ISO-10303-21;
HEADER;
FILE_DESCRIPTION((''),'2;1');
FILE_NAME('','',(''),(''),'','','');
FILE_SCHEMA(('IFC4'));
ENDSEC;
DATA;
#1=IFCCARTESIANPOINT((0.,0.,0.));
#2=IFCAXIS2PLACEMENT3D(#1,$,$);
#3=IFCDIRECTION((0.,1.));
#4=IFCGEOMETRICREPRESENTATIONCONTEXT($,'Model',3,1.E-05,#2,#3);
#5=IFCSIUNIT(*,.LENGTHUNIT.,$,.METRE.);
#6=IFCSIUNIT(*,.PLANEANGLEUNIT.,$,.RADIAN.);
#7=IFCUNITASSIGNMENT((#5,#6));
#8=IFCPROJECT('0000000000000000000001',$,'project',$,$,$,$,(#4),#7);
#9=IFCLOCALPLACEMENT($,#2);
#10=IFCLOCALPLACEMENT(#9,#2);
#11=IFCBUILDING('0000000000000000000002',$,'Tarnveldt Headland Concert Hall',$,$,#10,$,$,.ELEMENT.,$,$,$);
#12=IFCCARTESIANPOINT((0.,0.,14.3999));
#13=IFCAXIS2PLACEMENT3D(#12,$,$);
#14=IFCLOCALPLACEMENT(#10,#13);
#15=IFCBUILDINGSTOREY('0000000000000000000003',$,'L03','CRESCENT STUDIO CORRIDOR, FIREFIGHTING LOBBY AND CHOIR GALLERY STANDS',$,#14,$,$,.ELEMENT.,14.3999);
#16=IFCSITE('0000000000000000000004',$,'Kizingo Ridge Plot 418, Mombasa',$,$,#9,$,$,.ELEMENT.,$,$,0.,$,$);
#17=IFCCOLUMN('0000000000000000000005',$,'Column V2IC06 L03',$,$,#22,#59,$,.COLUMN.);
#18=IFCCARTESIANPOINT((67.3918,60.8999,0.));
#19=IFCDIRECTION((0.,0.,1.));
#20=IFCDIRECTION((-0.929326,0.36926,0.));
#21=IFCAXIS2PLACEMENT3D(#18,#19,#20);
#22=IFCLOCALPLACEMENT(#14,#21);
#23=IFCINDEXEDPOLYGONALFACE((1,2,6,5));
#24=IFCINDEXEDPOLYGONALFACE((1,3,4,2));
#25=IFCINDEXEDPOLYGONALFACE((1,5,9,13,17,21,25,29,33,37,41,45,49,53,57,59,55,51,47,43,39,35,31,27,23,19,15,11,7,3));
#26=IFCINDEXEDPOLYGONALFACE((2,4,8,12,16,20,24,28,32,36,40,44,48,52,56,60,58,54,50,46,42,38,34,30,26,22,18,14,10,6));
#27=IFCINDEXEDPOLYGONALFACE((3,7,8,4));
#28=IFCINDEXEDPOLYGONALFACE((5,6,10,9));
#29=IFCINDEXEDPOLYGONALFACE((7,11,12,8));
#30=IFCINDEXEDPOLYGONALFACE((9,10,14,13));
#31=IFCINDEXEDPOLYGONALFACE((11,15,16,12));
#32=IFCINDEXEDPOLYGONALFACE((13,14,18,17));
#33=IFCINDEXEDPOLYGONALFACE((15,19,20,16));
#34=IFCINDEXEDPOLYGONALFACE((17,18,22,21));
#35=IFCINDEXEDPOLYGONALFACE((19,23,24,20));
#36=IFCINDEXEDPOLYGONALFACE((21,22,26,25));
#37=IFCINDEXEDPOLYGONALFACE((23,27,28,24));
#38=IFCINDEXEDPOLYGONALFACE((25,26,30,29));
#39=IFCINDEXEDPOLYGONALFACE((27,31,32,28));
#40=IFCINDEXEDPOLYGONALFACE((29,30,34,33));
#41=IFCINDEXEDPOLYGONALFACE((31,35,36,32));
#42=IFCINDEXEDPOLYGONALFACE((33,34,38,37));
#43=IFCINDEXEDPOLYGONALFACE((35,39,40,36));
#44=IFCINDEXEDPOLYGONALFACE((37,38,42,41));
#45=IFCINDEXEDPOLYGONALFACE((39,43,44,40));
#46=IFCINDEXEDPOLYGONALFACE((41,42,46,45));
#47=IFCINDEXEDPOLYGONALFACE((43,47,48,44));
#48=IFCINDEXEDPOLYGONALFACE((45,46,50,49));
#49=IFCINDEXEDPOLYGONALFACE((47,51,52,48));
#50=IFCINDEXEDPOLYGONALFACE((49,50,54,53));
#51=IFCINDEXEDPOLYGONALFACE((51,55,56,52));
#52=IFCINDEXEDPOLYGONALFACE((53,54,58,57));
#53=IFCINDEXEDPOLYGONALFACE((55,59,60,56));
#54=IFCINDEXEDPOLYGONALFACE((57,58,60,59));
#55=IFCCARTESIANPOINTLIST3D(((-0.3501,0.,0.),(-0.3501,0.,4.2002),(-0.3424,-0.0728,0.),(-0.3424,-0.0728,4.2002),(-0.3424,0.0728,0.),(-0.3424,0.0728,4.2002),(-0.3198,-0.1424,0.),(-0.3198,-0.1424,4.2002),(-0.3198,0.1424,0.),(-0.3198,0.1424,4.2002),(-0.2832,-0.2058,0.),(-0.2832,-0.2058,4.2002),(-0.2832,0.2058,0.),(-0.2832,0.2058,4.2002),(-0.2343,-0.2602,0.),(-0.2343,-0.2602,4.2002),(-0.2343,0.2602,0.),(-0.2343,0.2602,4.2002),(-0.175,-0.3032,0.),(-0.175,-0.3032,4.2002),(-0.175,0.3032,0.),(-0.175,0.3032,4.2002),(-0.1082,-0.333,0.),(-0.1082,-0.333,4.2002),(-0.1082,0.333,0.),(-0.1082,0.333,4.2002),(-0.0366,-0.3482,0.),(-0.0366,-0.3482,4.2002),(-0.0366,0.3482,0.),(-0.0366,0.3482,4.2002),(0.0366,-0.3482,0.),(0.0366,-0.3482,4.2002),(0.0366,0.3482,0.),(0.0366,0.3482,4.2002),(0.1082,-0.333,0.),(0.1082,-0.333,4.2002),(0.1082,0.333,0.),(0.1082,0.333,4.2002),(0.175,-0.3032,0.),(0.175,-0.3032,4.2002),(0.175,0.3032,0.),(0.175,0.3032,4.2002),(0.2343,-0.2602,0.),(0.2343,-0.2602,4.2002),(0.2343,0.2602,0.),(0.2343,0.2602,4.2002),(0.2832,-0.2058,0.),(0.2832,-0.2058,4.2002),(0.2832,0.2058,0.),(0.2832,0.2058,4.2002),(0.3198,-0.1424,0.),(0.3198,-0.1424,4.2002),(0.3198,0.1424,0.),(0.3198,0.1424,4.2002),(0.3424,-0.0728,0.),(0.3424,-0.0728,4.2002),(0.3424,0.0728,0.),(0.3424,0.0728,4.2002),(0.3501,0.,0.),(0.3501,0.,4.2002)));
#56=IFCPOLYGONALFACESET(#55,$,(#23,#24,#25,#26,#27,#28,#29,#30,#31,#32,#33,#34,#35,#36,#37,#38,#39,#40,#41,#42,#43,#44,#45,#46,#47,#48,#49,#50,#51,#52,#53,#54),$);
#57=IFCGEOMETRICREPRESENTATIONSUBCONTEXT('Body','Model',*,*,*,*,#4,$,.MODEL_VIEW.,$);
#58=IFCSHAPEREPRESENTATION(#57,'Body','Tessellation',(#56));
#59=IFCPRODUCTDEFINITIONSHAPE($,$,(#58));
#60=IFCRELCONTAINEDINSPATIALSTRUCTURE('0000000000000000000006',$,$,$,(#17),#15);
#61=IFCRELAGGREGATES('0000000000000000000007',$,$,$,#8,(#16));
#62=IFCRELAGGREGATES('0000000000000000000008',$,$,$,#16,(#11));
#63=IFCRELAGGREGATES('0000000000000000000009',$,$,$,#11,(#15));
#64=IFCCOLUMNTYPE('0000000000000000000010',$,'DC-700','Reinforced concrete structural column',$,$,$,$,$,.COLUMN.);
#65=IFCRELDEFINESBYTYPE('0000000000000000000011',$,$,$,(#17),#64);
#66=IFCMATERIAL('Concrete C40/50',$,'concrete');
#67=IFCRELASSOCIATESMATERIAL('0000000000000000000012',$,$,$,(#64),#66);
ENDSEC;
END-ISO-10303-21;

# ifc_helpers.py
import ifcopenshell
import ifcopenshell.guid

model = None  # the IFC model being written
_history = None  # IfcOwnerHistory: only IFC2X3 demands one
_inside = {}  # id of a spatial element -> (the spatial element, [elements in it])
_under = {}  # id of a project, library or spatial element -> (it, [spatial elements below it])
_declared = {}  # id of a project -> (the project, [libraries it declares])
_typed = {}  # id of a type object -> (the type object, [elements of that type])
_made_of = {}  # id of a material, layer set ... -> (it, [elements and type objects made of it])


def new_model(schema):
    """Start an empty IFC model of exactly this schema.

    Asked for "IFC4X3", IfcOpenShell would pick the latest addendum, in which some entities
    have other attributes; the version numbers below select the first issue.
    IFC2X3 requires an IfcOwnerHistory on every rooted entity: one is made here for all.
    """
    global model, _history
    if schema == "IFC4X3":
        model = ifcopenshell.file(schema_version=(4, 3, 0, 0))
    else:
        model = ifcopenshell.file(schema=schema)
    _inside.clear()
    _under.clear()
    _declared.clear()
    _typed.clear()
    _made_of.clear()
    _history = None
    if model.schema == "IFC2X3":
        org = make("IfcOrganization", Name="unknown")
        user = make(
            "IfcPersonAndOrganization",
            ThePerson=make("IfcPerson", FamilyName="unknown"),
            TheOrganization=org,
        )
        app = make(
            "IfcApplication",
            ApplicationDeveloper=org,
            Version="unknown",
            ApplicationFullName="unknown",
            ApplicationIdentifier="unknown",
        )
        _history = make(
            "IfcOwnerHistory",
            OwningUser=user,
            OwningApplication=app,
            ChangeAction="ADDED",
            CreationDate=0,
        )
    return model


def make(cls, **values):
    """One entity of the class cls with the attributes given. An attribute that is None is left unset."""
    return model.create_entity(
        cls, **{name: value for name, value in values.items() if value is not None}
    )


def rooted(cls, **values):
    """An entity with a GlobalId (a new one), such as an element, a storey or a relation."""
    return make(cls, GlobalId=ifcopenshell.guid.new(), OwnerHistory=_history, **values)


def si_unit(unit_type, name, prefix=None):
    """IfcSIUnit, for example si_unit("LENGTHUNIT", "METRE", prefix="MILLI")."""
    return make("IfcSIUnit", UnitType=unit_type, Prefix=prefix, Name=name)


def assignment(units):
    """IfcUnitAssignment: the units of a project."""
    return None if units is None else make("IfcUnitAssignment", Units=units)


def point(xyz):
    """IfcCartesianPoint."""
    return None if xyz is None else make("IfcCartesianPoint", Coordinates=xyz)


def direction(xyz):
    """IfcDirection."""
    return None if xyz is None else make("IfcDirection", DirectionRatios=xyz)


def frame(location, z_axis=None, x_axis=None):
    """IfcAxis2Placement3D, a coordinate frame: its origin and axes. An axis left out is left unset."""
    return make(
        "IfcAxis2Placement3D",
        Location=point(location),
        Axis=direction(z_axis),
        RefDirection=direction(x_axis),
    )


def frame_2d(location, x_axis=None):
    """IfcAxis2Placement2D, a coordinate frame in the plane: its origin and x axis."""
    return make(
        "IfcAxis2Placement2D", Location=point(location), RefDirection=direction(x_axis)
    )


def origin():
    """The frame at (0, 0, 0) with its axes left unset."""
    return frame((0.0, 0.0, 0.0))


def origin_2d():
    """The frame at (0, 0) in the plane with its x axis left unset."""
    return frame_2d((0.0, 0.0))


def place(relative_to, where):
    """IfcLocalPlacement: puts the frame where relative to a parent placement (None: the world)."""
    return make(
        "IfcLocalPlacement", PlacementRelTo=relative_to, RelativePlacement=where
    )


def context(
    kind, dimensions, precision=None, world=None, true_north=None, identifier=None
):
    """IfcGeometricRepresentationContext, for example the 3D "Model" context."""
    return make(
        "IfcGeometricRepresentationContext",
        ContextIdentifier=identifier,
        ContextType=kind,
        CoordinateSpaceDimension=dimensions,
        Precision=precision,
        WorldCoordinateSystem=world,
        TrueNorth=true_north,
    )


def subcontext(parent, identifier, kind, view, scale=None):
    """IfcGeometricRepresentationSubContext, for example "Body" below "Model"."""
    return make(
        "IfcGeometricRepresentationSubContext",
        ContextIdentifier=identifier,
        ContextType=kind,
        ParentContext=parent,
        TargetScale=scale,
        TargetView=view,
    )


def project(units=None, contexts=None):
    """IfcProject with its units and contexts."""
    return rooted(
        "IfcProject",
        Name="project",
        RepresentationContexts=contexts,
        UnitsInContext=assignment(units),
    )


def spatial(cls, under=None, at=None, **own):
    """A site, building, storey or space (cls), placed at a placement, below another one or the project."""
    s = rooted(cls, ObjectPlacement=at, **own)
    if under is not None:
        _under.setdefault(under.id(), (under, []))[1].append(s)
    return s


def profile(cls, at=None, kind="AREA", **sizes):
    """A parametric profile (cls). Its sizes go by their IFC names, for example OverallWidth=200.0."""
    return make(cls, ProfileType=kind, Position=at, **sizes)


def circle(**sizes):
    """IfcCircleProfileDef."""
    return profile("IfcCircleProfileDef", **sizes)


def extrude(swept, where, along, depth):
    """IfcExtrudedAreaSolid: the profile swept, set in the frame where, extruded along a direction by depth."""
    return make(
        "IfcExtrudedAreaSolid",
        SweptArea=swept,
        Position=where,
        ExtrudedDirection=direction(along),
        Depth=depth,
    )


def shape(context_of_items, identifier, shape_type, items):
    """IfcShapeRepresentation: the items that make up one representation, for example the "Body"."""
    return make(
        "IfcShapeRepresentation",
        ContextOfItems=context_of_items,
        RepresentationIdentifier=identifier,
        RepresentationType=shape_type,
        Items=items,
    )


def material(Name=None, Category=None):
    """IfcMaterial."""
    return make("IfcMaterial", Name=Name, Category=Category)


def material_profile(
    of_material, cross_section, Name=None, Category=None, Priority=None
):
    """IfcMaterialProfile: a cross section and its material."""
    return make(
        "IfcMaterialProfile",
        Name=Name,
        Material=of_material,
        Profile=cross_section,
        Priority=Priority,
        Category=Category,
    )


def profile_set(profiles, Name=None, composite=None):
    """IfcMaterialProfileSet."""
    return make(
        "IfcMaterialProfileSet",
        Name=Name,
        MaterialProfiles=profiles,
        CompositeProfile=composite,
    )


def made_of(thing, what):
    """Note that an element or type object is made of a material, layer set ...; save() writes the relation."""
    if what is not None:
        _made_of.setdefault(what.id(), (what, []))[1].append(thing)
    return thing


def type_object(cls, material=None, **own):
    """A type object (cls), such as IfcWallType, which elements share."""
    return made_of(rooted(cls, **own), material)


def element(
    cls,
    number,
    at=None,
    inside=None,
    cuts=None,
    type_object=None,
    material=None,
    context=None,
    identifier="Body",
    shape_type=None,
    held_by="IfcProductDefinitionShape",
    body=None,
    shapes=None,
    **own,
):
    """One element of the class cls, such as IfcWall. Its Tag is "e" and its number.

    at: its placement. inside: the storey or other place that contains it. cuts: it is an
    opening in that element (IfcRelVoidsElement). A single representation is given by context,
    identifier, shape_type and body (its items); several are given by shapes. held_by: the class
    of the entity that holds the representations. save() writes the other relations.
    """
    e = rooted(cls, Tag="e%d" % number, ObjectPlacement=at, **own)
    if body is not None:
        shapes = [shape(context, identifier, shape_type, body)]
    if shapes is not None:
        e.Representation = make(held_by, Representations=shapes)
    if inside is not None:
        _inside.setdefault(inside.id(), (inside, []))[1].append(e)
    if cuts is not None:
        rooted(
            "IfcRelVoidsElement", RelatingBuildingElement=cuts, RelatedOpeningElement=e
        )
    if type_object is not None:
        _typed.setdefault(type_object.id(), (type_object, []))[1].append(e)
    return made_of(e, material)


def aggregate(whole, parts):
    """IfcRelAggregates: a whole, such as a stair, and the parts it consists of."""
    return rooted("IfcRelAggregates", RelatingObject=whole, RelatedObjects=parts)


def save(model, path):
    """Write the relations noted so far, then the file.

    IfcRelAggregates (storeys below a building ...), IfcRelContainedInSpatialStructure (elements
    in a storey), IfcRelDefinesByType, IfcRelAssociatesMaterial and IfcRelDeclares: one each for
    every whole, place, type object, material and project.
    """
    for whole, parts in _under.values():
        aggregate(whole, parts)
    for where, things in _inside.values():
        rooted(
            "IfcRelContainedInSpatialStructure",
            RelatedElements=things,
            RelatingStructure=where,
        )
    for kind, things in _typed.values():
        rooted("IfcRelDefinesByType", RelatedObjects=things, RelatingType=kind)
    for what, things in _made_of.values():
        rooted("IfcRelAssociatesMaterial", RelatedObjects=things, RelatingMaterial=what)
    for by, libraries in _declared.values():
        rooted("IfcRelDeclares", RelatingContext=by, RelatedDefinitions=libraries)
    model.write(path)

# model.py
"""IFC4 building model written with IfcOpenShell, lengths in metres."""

from ifc_helpers import new_model, si_unit, direction, frame, origin, origin_2d, place, context, subcontext, project, spatial, circle, extrude, material, material_profile, profile_set, type_object, element, save


model = new_model("IFC4")

# Units and contexts
model_context = context("Model", 3, precision=1e-05, world=origin(), true_north=direction((0.0, 1.0)))
body_context = subcontext(model_context, "Body", "Model", "MODEL_VIEW")
ifc_project = project(units=[si_unit("LENGTHUNIT", "METRE"), si_unit("PLANEANGLEUNIT", "RADIAN")], contexts=[model_context])

# Site, building, storey
site_placement = place(None, origin())
site = spatial("IfcSite", under=ifc_project, at=site_placement, Name="Kizingo Ridge Plot 418, Mombasa", CompositionType="ELEMENT", RefElevation=0.0)
building_placement = place(site_placement, origin())
building = spatial("IfcBuilding", under=site, at=building_placement, Name="Tarnveldt Headland Concert Hall", CompositionType="ELEMENT")
storey_placement = place(building_placement, frame((0.0, 0.0, 14.3999)))
storey = spatial("IfcBuildingStorey", under=building, at=storey_placement, Name="L03", Description="CRESCENT STUDIO CORRIDOR, FIREFIGHTING LOBBY AND CHOIR GALLERY STANDS", CompositionType="ELEMENT", Elevation=14.3999)

# Column
ifc_material_1 = material(Name="Concrete C40/50", Category="concrete")
ifc_material_profile_1 = material_profile(ifc_material_1, circle(Radius=0.3501, at=origin_2d()), Name="RC D700", Category="concrete")
ifc_profile_set_1 = profile_set([ifc_material_profile_1], Name="Concrete C40/50")
column_type_1 = type_object("IfcColumnType", Name="DC-700", Description="Reinforced concrete structural column", PredefinedType="COLUMN", material=ifc_profile_set_1)
column_1_placement = place(storey_placement, frame((67.3918, 60.8999, 0.0), z_axis=(0.0, 0.0, 1.0), x_axis=(-0.929326, 0.36926, 0.0)))
element("IfcColumn", 1, at=column_1_placement, inside=storey, type_object=column_type_1, Name="Column V2IC06 L03", PredefinedType="COLUMN", context=body_context, shape_type="SweptSolid", body=[
    extrude(circle(Radius=0.3501, at=origin_2d()), origin(), (0.0, 0.0, 1.0), 4.2002),
])

save(model, "model.ifc")
